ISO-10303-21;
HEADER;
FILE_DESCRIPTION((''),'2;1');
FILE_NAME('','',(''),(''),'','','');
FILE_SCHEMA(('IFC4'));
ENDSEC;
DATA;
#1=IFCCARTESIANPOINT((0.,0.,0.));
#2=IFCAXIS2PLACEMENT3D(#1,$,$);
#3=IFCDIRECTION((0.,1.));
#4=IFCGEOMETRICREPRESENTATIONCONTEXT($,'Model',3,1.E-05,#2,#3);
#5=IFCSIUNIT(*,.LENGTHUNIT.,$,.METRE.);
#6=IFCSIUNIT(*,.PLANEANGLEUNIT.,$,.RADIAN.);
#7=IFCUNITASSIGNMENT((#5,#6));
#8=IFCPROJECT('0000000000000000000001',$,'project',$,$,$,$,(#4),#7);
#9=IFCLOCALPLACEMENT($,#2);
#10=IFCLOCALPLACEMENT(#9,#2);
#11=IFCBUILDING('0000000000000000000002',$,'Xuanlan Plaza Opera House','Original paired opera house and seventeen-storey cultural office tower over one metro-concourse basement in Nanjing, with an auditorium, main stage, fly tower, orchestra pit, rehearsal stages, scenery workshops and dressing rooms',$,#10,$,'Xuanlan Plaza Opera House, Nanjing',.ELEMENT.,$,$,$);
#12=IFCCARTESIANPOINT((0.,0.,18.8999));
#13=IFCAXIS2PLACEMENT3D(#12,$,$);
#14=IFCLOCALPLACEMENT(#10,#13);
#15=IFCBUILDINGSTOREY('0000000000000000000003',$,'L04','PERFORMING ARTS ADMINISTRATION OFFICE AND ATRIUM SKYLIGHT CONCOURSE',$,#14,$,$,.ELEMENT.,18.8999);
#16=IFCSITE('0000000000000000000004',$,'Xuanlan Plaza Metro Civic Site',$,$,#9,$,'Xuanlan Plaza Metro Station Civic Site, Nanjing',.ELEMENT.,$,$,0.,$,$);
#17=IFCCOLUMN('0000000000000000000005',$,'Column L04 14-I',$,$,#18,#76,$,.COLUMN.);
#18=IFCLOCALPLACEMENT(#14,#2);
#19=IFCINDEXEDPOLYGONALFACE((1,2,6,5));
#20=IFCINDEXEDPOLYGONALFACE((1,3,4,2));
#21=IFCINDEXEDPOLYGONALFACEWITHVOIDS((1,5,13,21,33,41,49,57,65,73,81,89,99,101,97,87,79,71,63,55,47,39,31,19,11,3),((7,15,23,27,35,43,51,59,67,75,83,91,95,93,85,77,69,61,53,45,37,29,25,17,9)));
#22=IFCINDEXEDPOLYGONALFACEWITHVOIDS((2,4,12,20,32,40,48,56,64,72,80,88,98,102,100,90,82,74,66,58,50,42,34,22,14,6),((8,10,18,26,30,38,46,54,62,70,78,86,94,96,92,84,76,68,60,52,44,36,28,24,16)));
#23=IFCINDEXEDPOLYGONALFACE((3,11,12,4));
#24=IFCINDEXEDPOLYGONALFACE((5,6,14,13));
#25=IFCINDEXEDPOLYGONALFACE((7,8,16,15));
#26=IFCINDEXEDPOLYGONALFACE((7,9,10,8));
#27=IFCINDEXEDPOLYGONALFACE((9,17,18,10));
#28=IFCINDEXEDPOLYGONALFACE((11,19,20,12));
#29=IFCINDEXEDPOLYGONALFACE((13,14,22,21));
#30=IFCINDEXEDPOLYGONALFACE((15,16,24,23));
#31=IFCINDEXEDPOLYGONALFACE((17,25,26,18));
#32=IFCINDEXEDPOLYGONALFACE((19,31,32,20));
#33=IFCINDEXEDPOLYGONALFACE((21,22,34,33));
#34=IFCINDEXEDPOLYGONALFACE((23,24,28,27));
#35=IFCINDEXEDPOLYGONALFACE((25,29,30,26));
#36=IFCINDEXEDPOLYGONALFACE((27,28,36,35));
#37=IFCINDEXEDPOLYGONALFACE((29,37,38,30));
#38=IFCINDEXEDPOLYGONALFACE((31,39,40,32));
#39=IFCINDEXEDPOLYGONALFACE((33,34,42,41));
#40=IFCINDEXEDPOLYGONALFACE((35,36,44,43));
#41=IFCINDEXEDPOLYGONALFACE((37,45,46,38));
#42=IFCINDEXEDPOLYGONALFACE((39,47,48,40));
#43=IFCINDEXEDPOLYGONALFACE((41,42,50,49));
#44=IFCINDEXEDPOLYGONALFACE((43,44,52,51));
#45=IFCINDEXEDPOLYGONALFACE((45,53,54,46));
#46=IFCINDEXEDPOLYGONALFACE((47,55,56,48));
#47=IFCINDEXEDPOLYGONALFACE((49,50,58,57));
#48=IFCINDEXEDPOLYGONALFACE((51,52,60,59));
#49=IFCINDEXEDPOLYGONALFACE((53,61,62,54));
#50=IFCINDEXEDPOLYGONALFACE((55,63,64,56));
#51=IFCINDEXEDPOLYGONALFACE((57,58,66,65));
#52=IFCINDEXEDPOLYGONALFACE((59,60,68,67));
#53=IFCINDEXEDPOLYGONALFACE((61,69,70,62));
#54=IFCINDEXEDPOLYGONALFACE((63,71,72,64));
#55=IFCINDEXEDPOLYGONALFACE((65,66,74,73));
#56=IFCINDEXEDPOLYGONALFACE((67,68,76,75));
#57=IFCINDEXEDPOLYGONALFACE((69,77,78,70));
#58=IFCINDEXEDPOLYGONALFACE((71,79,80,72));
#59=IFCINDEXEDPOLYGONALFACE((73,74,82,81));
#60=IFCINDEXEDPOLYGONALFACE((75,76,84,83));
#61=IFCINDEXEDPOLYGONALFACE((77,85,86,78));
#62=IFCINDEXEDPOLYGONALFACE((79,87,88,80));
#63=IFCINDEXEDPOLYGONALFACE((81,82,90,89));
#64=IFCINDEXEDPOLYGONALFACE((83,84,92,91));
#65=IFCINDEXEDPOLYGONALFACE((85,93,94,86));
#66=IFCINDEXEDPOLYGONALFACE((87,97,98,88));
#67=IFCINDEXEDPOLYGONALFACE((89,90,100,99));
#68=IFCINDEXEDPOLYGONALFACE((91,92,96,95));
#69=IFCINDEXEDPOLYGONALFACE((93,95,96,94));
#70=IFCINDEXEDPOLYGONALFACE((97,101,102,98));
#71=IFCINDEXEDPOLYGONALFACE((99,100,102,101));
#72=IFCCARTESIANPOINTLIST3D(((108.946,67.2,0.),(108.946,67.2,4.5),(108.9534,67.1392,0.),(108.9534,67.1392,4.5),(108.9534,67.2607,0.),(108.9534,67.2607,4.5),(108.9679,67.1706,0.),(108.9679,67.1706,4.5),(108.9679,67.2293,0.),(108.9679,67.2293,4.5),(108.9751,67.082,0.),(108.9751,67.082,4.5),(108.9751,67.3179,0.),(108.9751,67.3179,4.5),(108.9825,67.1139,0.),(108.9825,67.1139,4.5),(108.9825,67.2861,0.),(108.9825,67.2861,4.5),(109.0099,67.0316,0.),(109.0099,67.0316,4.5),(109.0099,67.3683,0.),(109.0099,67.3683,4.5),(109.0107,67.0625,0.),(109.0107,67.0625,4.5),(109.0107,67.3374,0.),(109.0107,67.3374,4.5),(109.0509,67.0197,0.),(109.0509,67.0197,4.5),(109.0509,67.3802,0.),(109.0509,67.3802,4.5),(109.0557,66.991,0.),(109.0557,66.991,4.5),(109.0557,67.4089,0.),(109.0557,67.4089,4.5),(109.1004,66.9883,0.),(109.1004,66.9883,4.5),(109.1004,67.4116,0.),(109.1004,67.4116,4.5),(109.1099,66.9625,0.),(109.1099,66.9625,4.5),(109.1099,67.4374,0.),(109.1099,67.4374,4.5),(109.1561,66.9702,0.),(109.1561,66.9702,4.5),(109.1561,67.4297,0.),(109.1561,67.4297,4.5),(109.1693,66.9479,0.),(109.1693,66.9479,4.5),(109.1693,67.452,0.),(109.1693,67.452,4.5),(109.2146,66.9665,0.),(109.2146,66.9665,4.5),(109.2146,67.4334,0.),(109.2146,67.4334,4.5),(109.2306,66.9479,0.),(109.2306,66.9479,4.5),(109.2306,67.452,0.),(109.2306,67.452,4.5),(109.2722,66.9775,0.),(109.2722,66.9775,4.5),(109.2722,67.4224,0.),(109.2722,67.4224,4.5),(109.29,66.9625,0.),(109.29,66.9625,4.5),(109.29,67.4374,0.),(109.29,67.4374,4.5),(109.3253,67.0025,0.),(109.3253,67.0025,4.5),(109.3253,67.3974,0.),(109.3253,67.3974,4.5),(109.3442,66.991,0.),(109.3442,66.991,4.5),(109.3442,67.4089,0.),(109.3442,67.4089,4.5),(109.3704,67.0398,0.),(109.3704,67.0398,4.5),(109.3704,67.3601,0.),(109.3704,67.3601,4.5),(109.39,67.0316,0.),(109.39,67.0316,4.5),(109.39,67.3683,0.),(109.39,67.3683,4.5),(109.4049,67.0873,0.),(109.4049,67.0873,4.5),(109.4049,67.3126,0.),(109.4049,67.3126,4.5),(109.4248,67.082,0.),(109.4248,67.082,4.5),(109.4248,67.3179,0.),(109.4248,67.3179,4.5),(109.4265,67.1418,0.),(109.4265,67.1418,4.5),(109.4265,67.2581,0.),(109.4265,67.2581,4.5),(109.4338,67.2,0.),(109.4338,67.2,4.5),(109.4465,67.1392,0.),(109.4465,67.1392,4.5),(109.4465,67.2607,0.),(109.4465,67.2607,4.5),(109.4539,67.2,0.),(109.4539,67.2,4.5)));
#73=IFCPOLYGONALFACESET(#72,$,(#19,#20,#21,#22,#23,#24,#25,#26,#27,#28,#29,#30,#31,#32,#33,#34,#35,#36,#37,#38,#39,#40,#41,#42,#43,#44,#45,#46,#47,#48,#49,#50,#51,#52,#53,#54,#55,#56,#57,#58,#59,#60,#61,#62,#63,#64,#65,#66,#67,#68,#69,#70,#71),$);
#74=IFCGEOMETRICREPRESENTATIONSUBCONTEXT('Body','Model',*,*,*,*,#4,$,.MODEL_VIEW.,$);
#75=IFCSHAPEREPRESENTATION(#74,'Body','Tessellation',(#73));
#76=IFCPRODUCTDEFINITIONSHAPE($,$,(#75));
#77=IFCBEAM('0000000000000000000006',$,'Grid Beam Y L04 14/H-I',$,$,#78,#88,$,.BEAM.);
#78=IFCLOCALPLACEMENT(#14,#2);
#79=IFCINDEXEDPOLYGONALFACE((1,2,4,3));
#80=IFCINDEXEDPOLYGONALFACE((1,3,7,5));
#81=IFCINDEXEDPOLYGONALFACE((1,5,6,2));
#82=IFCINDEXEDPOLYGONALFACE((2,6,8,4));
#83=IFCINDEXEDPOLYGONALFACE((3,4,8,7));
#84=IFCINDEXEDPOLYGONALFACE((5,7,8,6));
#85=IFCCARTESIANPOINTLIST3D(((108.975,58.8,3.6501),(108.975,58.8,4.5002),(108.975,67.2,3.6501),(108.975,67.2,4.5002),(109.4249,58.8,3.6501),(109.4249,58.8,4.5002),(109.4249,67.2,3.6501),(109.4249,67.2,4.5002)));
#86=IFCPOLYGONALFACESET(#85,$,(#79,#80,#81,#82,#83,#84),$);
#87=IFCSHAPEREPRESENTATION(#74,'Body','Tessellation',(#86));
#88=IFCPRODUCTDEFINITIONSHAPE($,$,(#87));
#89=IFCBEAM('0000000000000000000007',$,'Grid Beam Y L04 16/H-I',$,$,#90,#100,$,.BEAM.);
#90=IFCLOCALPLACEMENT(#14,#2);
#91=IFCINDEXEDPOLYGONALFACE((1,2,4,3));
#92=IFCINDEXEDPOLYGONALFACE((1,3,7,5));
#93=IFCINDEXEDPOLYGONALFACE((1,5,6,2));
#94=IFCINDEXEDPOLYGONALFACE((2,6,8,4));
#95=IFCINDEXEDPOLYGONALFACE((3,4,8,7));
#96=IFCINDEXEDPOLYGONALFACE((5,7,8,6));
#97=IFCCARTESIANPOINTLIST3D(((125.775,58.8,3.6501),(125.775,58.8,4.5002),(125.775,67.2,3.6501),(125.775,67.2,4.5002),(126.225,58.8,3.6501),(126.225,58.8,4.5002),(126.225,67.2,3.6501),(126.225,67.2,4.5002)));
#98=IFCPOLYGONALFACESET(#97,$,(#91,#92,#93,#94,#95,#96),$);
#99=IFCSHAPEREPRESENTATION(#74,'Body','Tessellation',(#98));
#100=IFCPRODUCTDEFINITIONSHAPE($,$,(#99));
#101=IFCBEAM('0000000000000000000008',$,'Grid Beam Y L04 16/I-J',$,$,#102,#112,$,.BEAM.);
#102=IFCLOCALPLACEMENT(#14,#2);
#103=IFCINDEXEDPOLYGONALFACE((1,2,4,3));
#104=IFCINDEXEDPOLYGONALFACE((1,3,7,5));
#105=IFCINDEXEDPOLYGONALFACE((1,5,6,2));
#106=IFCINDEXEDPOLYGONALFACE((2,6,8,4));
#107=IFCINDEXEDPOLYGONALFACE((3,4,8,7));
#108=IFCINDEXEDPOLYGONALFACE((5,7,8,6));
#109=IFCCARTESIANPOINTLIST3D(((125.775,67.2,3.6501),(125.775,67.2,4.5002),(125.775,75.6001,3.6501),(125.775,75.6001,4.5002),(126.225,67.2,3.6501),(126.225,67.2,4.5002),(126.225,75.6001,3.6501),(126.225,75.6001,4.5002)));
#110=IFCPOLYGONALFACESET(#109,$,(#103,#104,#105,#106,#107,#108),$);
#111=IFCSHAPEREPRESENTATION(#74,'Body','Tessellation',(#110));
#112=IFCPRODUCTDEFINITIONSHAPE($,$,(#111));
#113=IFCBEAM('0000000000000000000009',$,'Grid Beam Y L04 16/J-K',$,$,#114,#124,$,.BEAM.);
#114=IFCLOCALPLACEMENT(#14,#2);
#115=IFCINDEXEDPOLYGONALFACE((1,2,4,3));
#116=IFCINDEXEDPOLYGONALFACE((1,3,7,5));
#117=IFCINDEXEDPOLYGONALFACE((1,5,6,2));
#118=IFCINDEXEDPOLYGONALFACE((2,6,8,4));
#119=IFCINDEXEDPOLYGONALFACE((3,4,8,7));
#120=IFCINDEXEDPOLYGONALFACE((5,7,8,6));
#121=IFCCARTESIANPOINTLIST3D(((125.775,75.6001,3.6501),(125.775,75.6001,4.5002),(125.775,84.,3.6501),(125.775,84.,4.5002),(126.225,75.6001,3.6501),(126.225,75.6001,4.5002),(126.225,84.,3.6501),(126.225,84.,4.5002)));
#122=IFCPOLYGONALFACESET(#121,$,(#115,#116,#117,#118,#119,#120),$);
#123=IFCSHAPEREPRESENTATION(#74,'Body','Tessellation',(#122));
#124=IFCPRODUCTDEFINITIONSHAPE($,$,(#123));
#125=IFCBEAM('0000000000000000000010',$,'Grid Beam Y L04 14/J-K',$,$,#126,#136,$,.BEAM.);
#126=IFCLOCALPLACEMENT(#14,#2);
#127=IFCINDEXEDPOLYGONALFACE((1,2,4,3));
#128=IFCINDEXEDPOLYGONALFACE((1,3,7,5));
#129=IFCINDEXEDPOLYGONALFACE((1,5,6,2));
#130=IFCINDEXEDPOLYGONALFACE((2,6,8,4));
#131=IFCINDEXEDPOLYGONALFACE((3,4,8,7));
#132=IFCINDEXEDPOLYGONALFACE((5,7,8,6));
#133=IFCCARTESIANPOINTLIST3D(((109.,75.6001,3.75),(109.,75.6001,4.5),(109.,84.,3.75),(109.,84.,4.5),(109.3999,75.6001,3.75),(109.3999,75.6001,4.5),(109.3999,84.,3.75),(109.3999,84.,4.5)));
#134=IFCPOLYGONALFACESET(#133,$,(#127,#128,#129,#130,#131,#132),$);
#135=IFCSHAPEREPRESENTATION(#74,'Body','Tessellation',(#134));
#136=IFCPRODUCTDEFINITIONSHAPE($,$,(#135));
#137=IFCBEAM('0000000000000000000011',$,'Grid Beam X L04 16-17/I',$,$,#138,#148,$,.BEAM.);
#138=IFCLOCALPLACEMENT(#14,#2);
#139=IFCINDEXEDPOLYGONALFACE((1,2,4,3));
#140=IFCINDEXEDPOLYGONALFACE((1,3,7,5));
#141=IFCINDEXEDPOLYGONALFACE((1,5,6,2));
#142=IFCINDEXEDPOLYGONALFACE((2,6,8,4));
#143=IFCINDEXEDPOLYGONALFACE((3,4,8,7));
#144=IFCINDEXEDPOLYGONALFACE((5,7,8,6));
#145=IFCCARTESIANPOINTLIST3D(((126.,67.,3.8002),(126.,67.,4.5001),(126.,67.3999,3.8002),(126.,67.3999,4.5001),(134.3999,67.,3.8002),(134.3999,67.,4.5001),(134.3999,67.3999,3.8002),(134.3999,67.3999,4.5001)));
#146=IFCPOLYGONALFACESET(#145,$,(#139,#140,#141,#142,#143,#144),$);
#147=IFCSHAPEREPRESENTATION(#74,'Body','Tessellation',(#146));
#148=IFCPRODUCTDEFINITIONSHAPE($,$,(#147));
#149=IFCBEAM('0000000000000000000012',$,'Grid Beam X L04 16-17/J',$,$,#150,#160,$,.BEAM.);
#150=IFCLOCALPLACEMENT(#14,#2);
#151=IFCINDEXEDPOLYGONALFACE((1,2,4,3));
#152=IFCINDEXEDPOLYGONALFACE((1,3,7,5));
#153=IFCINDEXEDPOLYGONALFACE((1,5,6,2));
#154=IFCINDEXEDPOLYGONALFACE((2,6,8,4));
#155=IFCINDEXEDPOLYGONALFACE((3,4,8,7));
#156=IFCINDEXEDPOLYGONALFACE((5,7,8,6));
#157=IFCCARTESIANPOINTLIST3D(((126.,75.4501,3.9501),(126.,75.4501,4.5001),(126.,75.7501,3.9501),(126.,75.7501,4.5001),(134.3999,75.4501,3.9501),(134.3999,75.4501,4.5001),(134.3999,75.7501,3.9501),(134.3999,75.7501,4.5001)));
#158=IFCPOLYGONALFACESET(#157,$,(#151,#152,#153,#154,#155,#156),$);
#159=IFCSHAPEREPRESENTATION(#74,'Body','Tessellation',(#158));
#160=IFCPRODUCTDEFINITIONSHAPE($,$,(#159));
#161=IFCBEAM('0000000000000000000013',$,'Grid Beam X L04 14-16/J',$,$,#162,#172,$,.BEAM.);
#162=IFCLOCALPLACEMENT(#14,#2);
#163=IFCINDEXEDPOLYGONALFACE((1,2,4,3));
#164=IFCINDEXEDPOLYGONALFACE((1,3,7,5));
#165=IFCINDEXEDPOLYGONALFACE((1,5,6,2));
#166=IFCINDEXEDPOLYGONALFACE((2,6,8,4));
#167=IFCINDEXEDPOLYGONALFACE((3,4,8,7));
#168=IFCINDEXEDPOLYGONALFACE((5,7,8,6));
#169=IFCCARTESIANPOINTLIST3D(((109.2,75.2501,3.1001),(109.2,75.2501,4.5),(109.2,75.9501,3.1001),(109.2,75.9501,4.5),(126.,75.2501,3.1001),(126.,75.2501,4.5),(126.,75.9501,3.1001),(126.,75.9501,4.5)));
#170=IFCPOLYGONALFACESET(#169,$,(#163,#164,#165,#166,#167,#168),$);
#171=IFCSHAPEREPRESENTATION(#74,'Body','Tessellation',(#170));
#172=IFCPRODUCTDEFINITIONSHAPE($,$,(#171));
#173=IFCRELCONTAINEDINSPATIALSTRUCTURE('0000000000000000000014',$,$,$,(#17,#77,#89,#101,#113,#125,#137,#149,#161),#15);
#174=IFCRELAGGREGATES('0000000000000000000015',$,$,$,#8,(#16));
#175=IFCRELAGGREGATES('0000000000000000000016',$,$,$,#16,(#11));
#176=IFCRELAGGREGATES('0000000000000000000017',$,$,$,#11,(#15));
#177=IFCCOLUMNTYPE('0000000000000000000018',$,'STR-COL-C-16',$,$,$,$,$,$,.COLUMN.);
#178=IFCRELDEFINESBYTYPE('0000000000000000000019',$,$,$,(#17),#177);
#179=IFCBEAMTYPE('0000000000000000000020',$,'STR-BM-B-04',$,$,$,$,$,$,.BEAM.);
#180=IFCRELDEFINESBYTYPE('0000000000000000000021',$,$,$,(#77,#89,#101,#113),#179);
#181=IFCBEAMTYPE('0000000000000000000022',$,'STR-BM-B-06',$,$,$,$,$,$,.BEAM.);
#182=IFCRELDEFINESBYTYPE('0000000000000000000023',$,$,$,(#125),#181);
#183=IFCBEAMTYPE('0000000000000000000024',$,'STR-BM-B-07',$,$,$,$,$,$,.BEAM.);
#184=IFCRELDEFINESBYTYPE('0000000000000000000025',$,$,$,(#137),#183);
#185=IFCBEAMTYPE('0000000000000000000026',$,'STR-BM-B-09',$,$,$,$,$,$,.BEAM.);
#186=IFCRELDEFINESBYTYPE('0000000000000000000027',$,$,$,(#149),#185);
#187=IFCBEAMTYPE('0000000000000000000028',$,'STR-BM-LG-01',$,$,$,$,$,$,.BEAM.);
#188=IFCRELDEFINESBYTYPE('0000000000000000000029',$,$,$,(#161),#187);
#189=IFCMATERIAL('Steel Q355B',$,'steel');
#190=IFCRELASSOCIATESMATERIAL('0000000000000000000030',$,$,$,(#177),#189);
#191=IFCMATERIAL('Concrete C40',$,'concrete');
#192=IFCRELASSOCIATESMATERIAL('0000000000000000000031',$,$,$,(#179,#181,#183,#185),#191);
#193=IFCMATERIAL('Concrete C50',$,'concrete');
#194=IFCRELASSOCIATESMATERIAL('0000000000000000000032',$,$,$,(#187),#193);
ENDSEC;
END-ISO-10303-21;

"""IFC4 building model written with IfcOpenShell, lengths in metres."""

from ifc_helpers import new_model, si_unit, direction, frame, origin, origin_2d, place, context, subcontext, project, spatial, rectangle, hollow_circle, extrude, material, material_profile, profile_set, type_object, element, save


model = new_model("IFC4")

# Units and contexts
model_context = context("Model", 3, precision=1e-05, world=origin(), true_north=direction((0.0, 1.0)))
body_context = subcontext(model_context, "Body", "Model", "MODEL_VIEW")
ifc_project = project(units=[si_unit("LENGTHUNIT", "METRE"), si_unit("PLANEANGLEUNIT", "RADIAN")], contexts=[model_context])

# Site, building, storey
site_placement = place(None, origin())
site = spatial("IfcSite", under=ifc_project, at=site_placement, Name="Xuanlan Plaza Metro Civic Site", LongName="Xuanlan Plaza Metro Station Civic Site, Nanjing", CompositionType="ELEMENT", RefElevation=0.0)
building_placement = place(site_placement, origin())
building = spatial("IfcBuilding", under=site, at=building_placement, Name="Xuanlan Plaza Opera House", Description="Original paired opera house and seventeen-storey cultural office tower over one metro-concourse basement in Nanjing, with an auditorium, main stage, fly tower, orchestra pit, rehearsal stages, scenery workshops and dressing rooms", LongName="Xuanlan Plaza Opera House, Nanjing", CompositionType="ELEMENT")
storey_placement = place(building_placement, frame((0.0, 0.0, 18.8999)))
storey = spatial("IfcBuildingStorey", under=building, at=storey_placement, Name="L04", Description="PERFORMING ARTS ADMINISTRATION OFFICE AND ATRIUM SKYLIGHT CONCOURSE", CompositionType="ELEMENT", Elevation=18.8999)

# Column
ifc_material_1 = material(Name="Concrete C50", Category="concrete")
ifc_material_2 = material(Name="Steel Q355B", Category="steel")
ifc_material_profile_1 = material_profile(ifc_material_2, hollow_circle(Radius=0.2539, WallThickness=0.02, at=origin_2d()), Name="CHS 508x20")
ifc_profile_set_1 = profile_set([ifc_material_profile_1], Name="Steel Q355B")
column_type_1 = type_object("IfcColumnType", Name="STR-COL-C-16", PredefinedType="COLUMN", material=ifc_profile_set_1)
column_1_placement = place(storey_placement, frame((109.2, 67.2, 0.0), z_axis=(0.0, 0.0, 1.0), x_axis=(1.0, 0.0, 0.0)))
element("IfcColumn", 1, at=column_1_placement, inside=storey, type_object=column_type_1, Name="Column L04 14-I", PredefinedType="COLUMN", context=body_context, shape_type="SweptSolid", body=[
    extrude(hollow_circle(Radius=0.2539, WallThickness=0.02, at=origin_2d()), origin(), (0.0, 0.0, 1.0), 4.5),
])

# Beams
ifc_material_3 = material(Name="Concrete C40", Category="concrete")
ifc_material_profile_2 = material_profile(ifc_material_3, rectangle(XDim=0.45, YDim=0.8501, at=origin_2d()), Name="RC-BM 450x850")
ifc_profile_set_2 = profile_set([ifc_material_profile_2], Name="Concrete C40")
beam_type_1 = type_object("IfcBeamType", Name="STR-BM-B-04", PredefinedType="BEAM", material=ifc_profile_set_2)
for number, where, z_axis, x_axis, name in (
    (2, (109.2, 58.8, 4.0752), (0.0, 1.0, 0.0), (-1.0, 0.0, 0.0), "Grid Beam Y L04 14/H-I"),
    (3, (126.0, 58.8, 4.0752), (0.0, 1.0, 0.0), (-1.0, 0.0, 0.0), "Grid Beam Y L04 16/H-I"),
):
    element("IfcBeam", number, at=place(storey_placement, frame(where, z_axis=z_axis, x_axis=x_axis)), inside=storey, type_object=beam_type_1, Name=name, PredefinedType="BEAM", context=body_context, shape_type="SweptSolid", body=[
        extrude(rectangle(XDim=0.45, YDim=0.8501, at=origin_2d()), origin(), (0.0, 0.0, 1.0), 8.3999),
    ])
beam_1_placement = place(storey_placement, frame((126.0, 67.2, 4.0752), z_axis=(0.0, 1.0, 0.0), x_axis=(-1.0, 0.0, 0.0)))
element("IfcBeam", 4, at=beam_1_placement, inside=storey, type_object=beam_type_1, Name="Grid Beam Y L04 16/I-J", PredefinedType="BEAM", context=body_context, shape_type="SweptSolid", body=[
    extrude(rectangle(XDim=0.45, YDim=0.8501, at=origin_2d()), origin(), (0.0, 0.0, 1.0), 8.4001),
])
beam_2_placement = place(storey_placement, frame((126.0, 75.6001, 4.0752), z_axis=(0.0, 1.0, 0.0), x_axis=(-1.0, 0.0, 0.0)))
element("IfcBeam", 5, at=beam_2_placement, inside=storey, type_object=beam_type_1, Name="Grid Beam Y L04 16/J-K", PredefinedType="BEAM", context=body_context, shape_type="SweptSolid", body=[
    extrude(rectangle(XDim=0.45, YDim=0.8501, at=origin_2d()), origin(), (0.0, 0.0, 1.0), 8.3999),
])
ifc_material_profile_3 = material_profile(ifc_material_3, rectangle(XDim=0.3999, YDim=0.75, at=origin_2d()), Name="RC-BM 400x750")
ifc_profile_set_3 = profile_set([ifc_material_profile_3], Name="Concrete C40")
beam_type_2 = type_object("IfcBeamType", Name="STR-BM-B-06", PredefinedType="BEAM", material=ifc_profile_set_3)
beam_3_placement = place(storey_placement, frame((109.2, 75.6001, 4.125), z_axis=(0.0, 1.0, 0.0), x_axis=(-1.0, 0.0, 0.0)))
element("IfcBeam", 6, at=beam_3_placement, inside=storey, type_object=beam_type_2, Name="Grid Beam Y L04 14/J-K", PredefinedType="BEAM", context=body_context, shape_type="SweptSolid", body=[
    extrude(rectangle(XDim=0.3999, YDim=0.75, at=origin_2d()), origin(), (0.0, 0.0, 1.0), 8.3999),
])
ifc_material_profile_4 = material_profile(ifc_material_3, rectangle(XDim=0.3999, YDim=0.7, at=origin_2d()), Name="RC-BM 400x700")
ifc_profile_set_4 = profile_set([ifc_material_profile_4], Name="Concrete C40")
beam_type_3 = type_object("IfcBeamType", Name="STR-BM-B-07", PredefinedType="BEAM", material=ifc_profile_set_4)
beam_4_placement = place(storey_placement, frame((126.0, 67.2, 4.1501), z_axis=(1.0, 0.0, 0.0), x_axis=(0.0, 1.0, 0.0)))
element("IfcBeam", 7, at=beam_4_placement, inside=storey, type_object=beam_type_3, Name="Grid Beam X L04 16-17/I", PredefinedType="BEAM", context=body_context, shape_type="SweptSolid", body=[
    extrude(rectangle(XDim=0.3999, YDim=0.7, at=origin_2d()), origin(), (0.0, 0.0, 1.0), 8.3999),
])
ifc_material_profile_5 = material_profile(ifc_material_3, rectangle(XDim=0.3, YDim=0.55, at=origin_2d()), Name="RC-BM 300x550")
ifc_profile_set_5 = profile_set([ifc_material_profile_5], Name="Concrete C40")
beam_type_4 = type_object("IfcBeamType", Name="STR-BM-B-09", PredefinedType="BEAM", material=ifc_profile_set_5)
beam_5_placement = place(storey_placement, frame((126.0, 75.6001, 4.2251), z_axis=(1.0, 0.0, 0.0), x_axis=(0.0, 1.0, 0.0)))
element("IfcBeam", 8, at=beam_5_placement, inside=storey, type_object=beam_type_4, Name="Grid Beam X L04 16-17/J", PredefinedType="BEAM", context=body_context, shape_type="SweptSolid", body=[
    extrude(rectangle(XDim=0.3, YDim=0.55, at=origin_2d()), origin(), (0.0, 0.0, 1.0), 8.3999),
])
ifc_material_profile_6 = material_profile(ifc_material_1, rectangle(XDim=0.7, YDim=1.3999, at=origin_2d()), Name="RC-LG 700x1400")
ifc_profile_set_6 = profile_set([ifc_material_profile_6], Name="Concrete C50")
beam_type_5 = type_object("IfcBeamType", Name="STR-BM-LG-01", PredefinedType="BEAM", material=ifc_profile_set_6)
beam_6_placement = place(storey_placement, frame((109.2, 75.6001, 3.8), z_axis=(1.0, 0.0, 0.0), x_axis=(0.0, 1.0, 0.0)))
element("IfcBeam", 9, at=beam_6_placement, inside=storey, type_object=beam_type_5, Name="Grid Beam X L04 14-16/J", PredefinedType="BEAM", context=body_context, shape_type="SweptSolid", body=[
    extrude(rectangle(XDim=0.7, YDim=1.3999, at=origin_2d()), origin(), (0.0, 0.0, 1.0), 16.8),
])

save(model, "model.ifc")
